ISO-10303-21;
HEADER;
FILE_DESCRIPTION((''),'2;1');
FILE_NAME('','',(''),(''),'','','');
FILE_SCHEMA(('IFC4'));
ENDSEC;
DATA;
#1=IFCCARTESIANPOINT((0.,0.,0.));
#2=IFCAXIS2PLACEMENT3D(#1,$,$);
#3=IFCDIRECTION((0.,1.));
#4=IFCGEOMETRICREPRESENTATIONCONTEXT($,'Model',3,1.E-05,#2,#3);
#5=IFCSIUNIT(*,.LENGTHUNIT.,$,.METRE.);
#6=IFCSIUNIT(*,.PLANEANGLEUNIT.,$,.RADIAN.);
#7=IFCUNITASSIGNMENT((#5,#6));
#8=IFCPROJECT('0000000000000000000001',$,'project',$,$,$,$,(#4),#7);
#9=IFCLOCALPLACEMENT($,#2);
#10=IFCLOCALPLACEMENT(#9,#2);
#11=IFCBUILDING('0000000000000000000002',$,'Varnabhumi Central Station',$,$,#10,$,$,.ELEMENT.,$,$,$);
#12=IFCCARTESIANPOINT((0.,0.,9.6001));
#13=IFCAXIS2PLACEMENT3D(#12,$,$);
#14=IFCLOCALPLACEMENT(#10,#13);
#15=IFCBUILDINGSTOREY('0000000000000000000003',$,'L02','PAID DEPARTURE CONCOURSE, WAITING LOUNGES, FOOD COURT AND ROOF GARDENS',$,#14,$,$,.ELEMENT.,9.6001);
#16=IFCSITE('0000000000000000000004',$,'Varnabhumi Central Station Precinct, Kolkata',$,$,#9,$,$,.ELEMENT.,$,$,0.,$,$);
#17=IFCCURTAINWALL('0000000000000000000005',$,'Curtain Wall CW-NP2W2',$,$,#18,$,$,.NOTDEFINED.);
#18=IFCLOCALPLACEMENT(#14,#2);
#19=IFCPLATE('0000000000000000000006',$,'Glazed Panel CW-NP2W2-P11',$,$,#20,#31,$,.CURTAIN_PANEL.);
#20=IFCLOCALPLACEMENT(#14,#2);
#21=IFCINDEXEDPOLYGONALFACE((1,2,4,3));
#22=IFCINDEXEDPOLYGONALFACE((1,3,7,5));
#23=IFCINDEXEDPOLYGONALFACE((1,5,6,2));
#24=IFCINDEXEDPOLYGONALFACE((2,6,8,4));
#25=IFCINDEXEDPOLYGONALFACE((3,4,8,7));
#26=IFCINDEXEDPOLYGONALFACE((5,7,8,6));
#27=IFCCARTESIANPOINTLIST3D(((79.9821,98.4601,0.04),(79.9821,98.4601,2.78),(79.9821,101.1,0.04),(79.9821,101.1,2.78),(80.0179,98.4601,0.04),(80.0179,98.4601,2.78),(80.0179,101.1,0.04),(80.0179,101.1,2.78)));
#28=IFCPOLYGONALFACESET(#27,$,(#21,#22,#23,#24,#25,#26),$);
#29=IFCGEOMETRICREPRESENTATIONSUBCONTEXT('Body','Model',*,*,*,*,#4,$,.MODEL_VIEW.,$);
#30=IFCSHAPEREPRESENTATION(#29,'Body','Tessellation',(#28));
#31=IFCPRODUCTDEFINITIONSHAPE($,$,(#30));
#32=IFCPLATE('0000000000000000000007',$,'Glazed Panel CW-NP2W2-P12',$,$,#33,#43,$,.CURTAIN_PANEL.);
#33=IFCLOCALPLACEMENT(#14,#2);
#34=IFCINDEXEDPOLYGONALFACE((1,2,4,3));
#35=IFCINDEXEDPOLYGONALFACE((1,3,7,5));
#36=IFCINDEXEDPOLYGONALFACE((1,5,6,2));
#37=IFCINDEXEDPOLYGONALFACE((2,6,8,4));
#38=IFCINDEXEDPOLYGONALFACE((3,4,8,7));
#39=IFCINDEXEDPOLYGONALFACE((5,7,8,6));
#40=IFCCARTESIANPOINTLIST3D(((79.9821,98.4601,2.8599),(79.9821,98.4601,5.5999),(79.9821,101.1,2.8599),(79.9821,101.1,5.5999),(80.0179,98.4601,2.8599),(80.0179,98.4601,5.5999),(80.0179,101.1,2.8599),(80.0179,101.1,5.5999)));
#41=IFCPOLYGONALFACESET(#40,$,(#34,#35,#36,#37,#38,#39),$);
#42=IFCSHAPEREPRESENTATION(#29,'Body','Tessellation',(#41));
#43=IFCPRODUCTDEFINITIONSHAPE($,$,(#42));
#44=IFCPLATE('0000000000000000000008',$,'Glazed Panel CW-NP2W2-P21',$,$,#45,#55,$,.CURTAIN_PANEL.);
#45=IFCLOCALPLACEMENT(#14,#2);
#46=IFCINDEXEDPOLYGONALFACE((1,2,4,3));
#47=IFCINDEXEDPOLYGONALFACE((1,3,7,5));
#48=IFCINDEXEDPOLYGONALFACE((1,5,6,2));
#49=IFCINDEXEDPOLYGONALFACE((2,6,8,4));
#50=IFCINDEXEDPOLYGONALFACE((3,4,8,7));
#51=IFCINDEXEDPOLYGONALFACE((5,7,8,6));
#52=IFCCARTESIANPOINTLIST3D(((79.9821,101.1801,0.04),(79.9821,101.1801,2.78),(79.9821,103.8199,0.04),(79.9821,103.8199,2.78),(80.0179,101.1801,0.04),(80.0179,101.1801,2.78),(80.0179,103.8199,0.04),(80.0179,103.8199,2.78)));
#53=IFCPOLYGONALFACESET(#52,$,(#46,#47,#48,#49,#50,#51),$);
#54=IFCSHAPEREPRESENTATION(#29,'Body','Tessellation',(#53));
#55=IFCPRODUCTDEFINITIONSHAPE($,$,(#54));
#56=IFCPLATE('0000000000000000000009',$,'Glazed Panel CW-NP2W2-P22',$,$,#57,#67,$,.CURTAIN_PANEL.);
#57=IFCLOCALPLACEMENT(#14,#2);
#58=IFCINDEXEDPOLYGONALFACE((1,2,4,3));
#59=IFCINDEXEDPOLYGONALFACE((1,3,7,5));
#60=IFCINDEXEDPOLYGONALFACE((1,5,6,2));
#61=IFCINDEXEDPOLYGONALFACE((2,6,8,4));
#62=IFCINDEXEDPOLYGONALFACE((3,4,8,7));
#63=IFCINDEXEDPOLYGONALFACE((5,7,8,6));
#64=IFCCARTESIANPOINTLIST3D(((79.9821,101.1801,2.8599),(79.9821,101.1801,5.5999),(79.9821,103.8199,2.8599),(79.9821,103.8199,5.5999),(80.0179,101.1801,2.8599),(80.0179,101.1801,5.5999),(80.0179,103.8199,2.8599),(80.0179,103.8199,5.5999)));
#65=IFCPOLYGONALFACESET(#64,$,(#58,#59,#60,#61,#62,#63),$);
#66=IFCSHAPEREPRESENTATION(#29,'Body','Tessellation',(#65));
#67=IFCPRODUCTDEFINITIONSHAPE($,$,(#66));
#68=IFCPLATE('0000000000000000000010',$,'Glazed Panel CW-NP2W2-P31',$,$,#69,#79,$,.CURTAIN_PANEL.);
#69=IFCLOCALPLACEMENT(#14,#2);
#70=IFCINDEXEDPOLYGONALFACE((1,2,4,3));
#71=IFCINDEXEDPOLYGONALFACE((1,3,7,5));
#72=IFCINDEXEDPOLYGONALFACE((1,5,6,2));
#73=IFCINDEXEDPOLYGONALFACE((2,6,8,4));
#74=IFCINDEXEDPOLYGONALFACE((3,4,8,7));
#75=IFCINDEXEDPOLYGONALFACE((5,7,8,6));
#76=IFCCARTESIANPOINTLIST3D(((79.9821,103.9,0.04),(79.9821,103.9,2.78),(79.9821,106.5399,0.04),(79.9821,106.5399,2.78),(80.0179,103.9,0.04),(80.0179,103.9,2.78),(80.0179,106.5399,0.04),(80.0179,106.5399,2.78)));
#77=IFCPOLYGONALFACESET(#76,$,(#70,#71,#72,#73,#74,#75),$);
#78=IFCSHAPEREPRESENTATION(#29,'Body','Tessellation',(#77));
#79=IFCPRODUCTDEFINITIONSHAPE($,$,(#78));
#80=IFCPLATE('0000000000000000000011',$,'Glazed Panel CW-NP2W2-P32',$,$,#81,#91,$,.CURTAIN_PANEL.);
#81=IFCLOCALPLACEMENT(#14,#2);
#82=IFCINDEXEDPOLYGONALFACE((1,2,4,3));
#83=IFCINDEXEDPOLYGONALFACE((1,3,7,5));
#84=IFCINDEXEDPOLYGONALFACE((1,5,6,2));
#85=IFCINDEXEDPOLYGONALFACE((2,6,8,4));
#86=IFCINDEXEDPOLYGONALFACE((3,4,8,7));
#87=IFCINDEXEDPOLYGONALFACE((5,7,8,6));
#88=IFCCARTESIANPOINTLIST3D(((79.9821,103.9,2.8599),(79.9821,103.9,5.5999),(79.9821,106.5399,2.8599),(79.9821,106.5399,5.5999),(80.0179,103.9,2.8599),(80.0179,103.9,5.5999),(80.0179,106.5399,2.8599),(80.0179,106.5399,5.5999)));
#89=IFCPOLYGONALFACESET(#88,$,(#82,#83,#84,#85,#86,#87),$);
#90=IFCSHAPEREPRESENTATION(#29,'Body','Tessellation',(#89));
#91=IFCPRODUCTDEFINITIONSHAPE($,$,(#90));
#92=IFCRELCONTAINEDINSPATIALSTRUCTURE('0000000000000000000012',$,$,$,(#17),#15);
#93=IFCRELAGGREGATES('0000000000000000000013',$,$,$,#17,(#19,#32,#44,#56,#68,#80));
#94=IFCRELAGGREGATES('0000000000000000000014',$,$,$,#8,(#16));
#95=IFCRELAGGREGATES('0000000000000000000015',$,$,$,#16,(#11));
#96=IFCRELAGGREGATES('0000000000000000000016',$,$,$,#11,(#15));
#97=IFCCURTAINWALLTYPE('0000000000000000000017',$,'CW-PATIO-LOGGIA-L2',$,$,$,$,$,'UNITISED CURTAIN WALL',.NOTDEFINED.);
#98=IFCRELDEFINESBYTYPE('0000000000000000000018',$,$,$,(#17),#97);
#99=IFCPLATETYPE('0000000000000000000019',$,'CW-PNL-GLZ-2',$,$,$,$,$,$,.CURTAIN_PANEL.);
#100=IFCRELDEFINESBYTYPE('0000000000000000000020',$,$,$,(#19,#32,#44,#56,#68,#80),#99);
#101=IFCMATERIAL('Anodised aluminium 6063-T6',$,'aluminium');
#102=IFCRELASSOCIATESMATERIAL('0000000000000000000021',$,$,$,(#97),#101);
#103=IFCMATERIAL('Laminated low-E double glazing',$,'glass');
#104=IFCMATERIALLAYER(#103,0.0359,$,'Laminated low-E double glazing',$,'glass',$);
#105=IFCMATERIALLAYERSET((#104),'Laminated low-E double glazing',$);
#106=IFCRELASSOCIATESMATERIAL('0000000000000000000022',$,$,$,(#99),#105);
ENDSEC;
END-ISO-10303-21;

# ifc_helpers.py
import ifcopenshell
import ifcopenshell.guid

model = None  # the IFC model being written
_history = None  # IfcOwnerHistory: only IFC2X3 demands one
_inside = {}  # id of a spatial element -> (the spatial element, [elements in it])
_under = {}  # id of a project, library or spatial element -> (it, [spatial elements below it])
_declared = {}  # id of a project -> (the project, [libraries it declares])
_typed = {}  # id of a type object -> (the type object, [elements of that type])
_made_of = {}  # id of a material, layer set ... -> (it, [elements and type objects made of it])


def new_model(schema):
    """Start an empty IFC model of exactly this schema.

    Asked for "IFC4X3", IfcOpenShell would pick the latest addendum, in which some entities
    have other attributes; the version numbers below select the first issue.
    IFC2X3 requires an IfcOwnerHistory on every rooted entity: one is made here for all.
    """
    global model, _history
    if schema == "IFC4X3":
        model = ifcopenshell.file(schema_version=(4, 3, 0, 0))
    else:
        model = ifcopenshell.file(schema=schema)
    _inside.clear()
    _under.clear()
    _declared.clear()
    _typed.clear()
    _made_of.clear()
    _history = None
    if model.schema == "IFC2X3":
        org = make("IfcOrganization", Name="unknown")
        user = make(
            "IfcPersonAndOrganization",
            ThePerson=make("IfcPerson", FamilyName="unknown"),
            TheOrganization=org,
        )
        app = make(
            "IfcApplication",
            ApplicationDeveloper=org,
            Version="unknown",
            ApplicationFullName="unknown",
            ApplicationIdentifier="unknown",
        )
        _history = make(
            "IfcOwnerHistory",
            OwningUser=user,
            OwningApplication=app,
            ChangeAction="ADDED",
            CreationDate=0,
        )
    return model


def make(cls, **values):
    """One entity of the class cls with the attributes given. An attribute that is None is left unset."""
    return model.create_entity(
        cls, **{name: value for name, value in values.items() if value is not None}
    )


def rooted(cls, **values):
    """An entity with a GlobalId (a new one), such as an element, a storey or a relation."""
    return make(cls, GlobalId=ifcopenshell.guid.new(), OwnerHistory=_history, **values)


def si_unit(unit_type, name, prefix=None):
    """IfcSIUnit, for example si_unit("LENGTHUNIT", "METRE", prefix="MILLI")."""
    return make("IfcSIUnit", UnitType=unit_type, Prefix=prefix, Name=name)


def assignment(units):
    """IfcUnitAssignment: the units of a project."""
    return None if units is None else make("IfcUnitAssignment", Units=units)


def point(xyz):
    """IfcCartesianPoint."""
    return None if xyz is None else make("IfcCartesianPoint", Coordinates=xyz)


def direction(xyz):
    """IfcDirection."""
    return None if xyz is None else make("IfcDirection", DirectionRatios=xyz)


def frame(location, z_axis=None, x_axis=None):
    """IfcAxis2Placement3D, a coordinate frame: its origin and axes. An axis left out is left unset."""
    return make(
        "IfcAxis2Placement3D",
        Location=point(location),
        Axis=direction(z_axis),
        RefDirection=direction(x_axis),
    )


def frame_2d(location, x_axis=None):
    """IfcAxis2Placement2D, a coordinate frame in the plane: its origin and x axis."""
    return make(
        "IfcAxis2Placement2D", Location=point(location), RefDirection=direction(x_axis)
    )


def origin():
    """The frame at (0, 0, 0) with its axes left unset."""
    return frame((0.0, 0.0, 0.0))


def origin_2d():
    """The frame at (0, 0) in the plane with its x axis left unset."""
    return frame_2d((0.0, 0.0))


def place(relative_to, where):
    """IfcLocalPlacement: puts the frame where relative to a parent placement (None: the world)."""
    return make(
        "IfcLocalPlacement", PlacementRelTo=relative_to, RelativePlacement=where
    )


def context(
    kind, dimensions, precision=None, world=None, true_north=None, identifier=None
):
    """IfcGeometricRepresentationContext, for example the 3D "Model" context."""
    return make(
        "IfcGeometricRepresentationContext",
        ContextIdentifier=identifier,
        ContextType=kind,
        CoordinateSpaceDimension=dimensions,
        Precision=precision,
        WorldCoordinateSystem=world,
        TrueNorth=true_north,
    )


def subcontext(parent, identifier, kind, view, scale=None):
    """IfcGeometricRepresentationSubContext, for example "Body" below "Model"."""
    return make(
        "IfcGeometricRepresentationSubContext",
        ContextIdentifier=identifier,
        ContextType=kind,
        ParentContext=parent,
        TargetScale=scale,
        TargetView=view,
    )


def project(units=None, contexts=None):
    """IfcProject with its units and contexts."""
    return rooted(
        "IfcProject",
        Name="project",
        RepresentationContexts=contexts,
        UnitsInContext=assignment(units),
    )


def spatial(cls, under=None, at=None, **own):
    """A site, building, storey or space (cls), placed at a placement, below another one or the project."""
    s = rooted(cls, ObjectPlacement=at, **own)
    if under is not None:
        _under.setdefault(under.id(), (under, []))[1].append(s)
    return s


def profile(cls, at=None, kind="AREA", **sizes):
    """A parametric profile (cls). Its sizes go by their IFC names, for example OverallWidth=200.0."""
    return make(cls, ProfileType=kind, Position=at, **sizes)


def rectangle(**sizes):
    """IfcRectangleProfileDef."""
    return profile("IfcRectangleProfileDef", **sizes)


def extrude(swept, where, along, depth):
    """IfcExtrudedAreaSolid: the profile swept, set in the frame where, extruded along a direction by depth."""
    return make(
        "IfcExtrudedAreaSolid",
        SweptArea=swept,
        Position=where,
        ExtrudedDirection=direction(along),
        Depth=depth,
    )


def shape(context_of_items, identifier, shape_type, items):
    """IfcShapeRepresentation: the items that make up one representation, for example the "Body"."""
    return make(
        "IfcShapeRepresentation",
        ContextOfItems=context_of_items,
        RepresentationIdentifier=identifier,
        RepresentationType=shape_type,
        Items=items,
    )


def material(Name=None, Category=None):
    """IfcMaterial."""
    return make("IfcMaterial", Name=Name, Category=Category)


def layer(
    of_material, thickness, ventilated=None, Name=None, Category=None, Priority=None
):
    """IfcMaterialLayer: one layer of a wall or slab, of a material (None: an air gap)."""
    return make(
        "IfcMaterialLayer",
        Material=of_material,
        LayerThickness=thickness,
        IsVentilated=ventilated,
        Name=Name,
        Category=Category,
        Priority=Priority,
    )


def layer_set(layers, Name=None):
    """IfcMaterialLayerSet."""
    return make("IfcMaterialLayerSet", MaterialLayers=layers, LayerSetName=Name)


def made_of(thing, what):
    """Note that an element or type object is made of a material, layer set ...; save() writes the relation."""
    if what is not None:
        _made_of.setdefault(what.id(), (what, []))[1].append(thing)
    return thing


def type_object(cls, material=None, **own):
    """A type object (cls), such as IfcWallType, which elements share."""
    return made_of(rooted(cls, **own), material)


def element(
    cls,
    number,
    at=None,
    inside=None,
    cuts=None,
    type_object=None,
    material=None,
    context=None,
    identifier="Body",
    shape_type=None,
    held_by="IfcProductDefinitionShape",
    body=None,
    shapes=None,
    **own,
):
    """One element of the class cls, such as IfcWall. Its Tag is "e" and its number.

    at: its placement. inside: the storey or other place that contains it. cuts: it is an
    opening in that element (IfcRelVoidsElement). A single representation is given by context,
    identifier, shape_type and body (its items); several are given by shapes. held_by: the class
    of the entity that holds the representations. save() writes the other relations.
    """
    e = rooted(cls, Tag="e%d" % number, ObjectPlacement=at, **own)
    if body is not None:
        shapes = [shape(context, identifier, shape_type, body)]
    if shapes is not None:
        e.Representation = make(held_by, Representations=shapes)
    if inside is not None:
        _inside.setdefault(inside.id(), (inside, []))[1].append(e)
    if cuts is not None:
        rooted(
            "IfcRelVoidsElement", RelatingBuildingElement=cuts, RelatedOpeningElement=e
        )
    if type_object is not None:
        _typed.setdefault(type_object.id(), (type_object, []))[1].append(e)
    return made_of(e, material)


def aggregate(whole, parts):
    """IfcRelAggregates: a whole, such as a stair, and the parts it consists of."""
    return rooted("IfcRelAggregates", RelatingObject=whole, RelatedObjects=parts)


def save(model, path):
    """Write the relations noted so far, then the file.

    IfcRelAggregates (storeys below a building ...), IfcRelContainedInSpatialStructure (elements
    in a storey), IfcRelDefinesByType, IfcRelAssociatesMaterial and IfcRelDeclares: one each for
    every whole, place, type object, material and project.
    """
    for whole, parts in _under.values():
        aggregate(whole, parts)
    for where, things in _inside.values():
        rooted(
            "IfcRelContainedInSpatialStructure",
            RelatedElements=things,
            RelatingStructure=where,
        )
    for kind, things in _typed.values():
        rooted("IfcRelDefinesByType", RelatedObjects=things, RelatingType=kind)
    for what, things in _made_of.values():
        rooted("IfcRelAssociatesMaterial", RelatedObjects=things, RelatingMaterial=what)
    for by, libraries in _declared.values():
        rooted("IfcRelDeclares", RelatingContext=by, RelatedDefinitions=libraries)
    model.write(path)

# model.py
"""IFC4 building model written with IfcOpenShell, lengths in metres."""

from ifc_helpers import new_model, si_unit, direction, frame, origin, origin_2d, place, context, subcontext, project, spatial, rectangle, extrude, material, layer, layer_set, type_object, element, aggregate, save


model = new_model("IFC4")

# Units and contexts
model_context = context("Model", 3, precision=1e-05, world=origin(), true_north=direction((0.0, 1.0)))
body_context = subcontext(model_context, "Body", "Model", "MODEL_VIEW")
ifc_project = project(units=[si_unit("LENGTHUNIT", "METRE"), si_unit("PLANEANGLEUNIT", "RADIAN")], contexts=[model_context])

# Site, building, storey
site_placement = place(None, origin())
site = spatial("IfcSite", under=ifc_project, at=site_placement, Name="Varnabhumi Central Station Precinct, Kolkata", CompositionType="ELEMENT", RefElevation=0.0)
building_placement = place(site_placement, origin())
building = spatial("IfcBuilding", under=site, at=building_placement, Name="Varnabhumi Central Station", CompositionType="ELEMENT")
storey_placement = place(building_placement, frame((0.0, 0.0, 9.6001)))
storey = spatial("IfcBuildingStorey", under=building, at=storey_placement, Name="L02", Description="PAID DEPARTURE CONCOURSE, WAITING LOUNGES, FOOD COURT AND ROOF GARDENS", CompositionType="ELEMENT", Elevation=9.6001)

# Curtain wall
ifc_material_1 = material(Name="Anodised aluminium 6063-T6", Category="aluminium")
curtain_wall_type = type_object("IfcCurtainWallType", Name="CW-PATIO-LOGGIA-L2", ElementType="UNITISED CURTAIN WALL", PredefinedType="NOTDEFINED", material=ifc_material_1)
curtain_wall_1_placement = place(storey_placement, origin())
curtain_wall_1 = element("IfcCurtainWall", 1, at=curtain_wall_1_placement, inside=storey, type_object=curtain_wall_type, Name="Curtain Wall CW-NP2W2", PredefinedType="NOTDEFINED")

# Plates
ifc_material_2 = material(Name="Laminated low-E double glazing", Category="glass")
ifc_layer = layer(ifc_material_2, 0.0359, Name="Laminated low-E double glazing", Category="glass")
ifc_layer_set = layer_set([ifc_layer], Name="Laminated low-E double glazing")
plate_type = type_object("IfcPlateType", Name="CW-PNL-GLZ-2", PredefinedType="CURTAIN_PANEL", material=ifc_layer_set)
plate_1_placement = place(storey_placement, frame((80.0, 99.78, 0.04), z_axis=(0.0, 0.0, 1.0), x_axis=(0.0, 1.0, 0.0)))
plate_1 = element("IfcPlate", 2, at=plate_1_placement, type_object=plate_type, Name="Glazed Panel CW-NP2W2-P11", PredefinedType="CURTAIN_PANEL", context=body_context, shape_type="SweptSolid", body=[
    extrude(rectangle(XDim=2.6399, YDim=0.0359, at=origin_2d()), origin(), (0.0, 0.0, 1.0), 2.74),
])
plate_2_placement = place(storey_placement, frame((80.0, 99.78, 2.8599), z_axis=(0.0, 0.0, 1.0), x_axis=(0.0, 1.0, 0.0)))
plate_2 = element("IfcPlate", 3, at=plate_2_placement, type_object=plate_type, Name="Glazed Panel CW-NP2W2-P12", PredefinedType="CURTAIN_PANEL", context=body_context, shape_type="SweptSolid", body=[
    extrude(rectangle(XDim=2.6399, YDim=0.0359, at=origin_2d()), origin(), (0.0, 0.0, 1.0), 2.74),
])
plate_3_placement = place(storey_placement, frame((80.0, 102.5, 0.04), z_axis=(0.0, 0.0, 1.0), x_axis=(0.0, 1.0, 0.0)))
plate_3 = element("IfcPlate", 4, at=plate_3_placement, type_object=plate_type, Name="Glazed Panel CW-NP2W2-P21", PredefinedType="CURTAIN_PANEL", context=body_context, shape_type="SweptSolid", body=[
    extrude(rectangle(XDim=2.6399, YDim=0.0359, at=origin_2d()), origin(), (0.0, 0.0, 1.0), 2.74),
])
plate_4_placement = place(storey_placement, frame((80.0, 102.5, 2.8599), z_axis=(0.0, 0.0, 1.0), x_axis=(0.0, 1.0, 0.0)))
plate_4 = element("IfcPlate", 5, at=plate_4_placement, type_object=plate_type, Name="Glazed Panel CW-NP2W2-P22", PredefinedType="CURTAIN_PANEL", context=body_context, shape_type="SweptSolid", body=[
    extrude(rectangle(XDim=2.6399, YDim=0.0359, at=origin_2d()), origin(), (0.0, 0.0, 1.0), 2.74),
])
plate_5_placement = place(storey_placement, frame((80.0, 105.22, 0.04), z_axis=(0.0, 0.0, 1.0), x_axis=(0.0, 1.0, 0.0)))
plate_5 = element("IfcPlate", 6, at=plate_5_placement, type_object=plate_type, Name="Glazed Panel CW-NP2W2-P31", PredefinedType="CURTAIN_PANEL", context=body_context, shape_type="SweptSolid", body=[
    extrude(rectangle(XDim=2.6399, YDim=0.0359, at=origin_2d()), origin(), (0.0, 0.0, 1.0), 2.74),
])
plate_6_placement = place(storey_placement, frame((80.0, 105.22, 2.8599), z_axis=(0.0, 0.0, 1.0), x_axis=(0.0, 1.0, 0.0)))
plate_6 = element("IfcPlate", 7, at=plate_6_placement, type_object=plate_type, Name="Glazed Panel CW-NP2W2-P32", PredefinedType="CURTAIN_PANEL", context=body_context, shape_type="SweptSolid", body=[
    extrude(rectangle(XDim=2.6399, YDim=0.0359, at=origin_2d()), origin(), (0.0, 0.0, 1.0), 2.74),
])
aggregate(curtain_wall_1, [plate_1, plate_2, plate_3, plate_4, plate_5, plate_6])

save(model, "model.ifc")
